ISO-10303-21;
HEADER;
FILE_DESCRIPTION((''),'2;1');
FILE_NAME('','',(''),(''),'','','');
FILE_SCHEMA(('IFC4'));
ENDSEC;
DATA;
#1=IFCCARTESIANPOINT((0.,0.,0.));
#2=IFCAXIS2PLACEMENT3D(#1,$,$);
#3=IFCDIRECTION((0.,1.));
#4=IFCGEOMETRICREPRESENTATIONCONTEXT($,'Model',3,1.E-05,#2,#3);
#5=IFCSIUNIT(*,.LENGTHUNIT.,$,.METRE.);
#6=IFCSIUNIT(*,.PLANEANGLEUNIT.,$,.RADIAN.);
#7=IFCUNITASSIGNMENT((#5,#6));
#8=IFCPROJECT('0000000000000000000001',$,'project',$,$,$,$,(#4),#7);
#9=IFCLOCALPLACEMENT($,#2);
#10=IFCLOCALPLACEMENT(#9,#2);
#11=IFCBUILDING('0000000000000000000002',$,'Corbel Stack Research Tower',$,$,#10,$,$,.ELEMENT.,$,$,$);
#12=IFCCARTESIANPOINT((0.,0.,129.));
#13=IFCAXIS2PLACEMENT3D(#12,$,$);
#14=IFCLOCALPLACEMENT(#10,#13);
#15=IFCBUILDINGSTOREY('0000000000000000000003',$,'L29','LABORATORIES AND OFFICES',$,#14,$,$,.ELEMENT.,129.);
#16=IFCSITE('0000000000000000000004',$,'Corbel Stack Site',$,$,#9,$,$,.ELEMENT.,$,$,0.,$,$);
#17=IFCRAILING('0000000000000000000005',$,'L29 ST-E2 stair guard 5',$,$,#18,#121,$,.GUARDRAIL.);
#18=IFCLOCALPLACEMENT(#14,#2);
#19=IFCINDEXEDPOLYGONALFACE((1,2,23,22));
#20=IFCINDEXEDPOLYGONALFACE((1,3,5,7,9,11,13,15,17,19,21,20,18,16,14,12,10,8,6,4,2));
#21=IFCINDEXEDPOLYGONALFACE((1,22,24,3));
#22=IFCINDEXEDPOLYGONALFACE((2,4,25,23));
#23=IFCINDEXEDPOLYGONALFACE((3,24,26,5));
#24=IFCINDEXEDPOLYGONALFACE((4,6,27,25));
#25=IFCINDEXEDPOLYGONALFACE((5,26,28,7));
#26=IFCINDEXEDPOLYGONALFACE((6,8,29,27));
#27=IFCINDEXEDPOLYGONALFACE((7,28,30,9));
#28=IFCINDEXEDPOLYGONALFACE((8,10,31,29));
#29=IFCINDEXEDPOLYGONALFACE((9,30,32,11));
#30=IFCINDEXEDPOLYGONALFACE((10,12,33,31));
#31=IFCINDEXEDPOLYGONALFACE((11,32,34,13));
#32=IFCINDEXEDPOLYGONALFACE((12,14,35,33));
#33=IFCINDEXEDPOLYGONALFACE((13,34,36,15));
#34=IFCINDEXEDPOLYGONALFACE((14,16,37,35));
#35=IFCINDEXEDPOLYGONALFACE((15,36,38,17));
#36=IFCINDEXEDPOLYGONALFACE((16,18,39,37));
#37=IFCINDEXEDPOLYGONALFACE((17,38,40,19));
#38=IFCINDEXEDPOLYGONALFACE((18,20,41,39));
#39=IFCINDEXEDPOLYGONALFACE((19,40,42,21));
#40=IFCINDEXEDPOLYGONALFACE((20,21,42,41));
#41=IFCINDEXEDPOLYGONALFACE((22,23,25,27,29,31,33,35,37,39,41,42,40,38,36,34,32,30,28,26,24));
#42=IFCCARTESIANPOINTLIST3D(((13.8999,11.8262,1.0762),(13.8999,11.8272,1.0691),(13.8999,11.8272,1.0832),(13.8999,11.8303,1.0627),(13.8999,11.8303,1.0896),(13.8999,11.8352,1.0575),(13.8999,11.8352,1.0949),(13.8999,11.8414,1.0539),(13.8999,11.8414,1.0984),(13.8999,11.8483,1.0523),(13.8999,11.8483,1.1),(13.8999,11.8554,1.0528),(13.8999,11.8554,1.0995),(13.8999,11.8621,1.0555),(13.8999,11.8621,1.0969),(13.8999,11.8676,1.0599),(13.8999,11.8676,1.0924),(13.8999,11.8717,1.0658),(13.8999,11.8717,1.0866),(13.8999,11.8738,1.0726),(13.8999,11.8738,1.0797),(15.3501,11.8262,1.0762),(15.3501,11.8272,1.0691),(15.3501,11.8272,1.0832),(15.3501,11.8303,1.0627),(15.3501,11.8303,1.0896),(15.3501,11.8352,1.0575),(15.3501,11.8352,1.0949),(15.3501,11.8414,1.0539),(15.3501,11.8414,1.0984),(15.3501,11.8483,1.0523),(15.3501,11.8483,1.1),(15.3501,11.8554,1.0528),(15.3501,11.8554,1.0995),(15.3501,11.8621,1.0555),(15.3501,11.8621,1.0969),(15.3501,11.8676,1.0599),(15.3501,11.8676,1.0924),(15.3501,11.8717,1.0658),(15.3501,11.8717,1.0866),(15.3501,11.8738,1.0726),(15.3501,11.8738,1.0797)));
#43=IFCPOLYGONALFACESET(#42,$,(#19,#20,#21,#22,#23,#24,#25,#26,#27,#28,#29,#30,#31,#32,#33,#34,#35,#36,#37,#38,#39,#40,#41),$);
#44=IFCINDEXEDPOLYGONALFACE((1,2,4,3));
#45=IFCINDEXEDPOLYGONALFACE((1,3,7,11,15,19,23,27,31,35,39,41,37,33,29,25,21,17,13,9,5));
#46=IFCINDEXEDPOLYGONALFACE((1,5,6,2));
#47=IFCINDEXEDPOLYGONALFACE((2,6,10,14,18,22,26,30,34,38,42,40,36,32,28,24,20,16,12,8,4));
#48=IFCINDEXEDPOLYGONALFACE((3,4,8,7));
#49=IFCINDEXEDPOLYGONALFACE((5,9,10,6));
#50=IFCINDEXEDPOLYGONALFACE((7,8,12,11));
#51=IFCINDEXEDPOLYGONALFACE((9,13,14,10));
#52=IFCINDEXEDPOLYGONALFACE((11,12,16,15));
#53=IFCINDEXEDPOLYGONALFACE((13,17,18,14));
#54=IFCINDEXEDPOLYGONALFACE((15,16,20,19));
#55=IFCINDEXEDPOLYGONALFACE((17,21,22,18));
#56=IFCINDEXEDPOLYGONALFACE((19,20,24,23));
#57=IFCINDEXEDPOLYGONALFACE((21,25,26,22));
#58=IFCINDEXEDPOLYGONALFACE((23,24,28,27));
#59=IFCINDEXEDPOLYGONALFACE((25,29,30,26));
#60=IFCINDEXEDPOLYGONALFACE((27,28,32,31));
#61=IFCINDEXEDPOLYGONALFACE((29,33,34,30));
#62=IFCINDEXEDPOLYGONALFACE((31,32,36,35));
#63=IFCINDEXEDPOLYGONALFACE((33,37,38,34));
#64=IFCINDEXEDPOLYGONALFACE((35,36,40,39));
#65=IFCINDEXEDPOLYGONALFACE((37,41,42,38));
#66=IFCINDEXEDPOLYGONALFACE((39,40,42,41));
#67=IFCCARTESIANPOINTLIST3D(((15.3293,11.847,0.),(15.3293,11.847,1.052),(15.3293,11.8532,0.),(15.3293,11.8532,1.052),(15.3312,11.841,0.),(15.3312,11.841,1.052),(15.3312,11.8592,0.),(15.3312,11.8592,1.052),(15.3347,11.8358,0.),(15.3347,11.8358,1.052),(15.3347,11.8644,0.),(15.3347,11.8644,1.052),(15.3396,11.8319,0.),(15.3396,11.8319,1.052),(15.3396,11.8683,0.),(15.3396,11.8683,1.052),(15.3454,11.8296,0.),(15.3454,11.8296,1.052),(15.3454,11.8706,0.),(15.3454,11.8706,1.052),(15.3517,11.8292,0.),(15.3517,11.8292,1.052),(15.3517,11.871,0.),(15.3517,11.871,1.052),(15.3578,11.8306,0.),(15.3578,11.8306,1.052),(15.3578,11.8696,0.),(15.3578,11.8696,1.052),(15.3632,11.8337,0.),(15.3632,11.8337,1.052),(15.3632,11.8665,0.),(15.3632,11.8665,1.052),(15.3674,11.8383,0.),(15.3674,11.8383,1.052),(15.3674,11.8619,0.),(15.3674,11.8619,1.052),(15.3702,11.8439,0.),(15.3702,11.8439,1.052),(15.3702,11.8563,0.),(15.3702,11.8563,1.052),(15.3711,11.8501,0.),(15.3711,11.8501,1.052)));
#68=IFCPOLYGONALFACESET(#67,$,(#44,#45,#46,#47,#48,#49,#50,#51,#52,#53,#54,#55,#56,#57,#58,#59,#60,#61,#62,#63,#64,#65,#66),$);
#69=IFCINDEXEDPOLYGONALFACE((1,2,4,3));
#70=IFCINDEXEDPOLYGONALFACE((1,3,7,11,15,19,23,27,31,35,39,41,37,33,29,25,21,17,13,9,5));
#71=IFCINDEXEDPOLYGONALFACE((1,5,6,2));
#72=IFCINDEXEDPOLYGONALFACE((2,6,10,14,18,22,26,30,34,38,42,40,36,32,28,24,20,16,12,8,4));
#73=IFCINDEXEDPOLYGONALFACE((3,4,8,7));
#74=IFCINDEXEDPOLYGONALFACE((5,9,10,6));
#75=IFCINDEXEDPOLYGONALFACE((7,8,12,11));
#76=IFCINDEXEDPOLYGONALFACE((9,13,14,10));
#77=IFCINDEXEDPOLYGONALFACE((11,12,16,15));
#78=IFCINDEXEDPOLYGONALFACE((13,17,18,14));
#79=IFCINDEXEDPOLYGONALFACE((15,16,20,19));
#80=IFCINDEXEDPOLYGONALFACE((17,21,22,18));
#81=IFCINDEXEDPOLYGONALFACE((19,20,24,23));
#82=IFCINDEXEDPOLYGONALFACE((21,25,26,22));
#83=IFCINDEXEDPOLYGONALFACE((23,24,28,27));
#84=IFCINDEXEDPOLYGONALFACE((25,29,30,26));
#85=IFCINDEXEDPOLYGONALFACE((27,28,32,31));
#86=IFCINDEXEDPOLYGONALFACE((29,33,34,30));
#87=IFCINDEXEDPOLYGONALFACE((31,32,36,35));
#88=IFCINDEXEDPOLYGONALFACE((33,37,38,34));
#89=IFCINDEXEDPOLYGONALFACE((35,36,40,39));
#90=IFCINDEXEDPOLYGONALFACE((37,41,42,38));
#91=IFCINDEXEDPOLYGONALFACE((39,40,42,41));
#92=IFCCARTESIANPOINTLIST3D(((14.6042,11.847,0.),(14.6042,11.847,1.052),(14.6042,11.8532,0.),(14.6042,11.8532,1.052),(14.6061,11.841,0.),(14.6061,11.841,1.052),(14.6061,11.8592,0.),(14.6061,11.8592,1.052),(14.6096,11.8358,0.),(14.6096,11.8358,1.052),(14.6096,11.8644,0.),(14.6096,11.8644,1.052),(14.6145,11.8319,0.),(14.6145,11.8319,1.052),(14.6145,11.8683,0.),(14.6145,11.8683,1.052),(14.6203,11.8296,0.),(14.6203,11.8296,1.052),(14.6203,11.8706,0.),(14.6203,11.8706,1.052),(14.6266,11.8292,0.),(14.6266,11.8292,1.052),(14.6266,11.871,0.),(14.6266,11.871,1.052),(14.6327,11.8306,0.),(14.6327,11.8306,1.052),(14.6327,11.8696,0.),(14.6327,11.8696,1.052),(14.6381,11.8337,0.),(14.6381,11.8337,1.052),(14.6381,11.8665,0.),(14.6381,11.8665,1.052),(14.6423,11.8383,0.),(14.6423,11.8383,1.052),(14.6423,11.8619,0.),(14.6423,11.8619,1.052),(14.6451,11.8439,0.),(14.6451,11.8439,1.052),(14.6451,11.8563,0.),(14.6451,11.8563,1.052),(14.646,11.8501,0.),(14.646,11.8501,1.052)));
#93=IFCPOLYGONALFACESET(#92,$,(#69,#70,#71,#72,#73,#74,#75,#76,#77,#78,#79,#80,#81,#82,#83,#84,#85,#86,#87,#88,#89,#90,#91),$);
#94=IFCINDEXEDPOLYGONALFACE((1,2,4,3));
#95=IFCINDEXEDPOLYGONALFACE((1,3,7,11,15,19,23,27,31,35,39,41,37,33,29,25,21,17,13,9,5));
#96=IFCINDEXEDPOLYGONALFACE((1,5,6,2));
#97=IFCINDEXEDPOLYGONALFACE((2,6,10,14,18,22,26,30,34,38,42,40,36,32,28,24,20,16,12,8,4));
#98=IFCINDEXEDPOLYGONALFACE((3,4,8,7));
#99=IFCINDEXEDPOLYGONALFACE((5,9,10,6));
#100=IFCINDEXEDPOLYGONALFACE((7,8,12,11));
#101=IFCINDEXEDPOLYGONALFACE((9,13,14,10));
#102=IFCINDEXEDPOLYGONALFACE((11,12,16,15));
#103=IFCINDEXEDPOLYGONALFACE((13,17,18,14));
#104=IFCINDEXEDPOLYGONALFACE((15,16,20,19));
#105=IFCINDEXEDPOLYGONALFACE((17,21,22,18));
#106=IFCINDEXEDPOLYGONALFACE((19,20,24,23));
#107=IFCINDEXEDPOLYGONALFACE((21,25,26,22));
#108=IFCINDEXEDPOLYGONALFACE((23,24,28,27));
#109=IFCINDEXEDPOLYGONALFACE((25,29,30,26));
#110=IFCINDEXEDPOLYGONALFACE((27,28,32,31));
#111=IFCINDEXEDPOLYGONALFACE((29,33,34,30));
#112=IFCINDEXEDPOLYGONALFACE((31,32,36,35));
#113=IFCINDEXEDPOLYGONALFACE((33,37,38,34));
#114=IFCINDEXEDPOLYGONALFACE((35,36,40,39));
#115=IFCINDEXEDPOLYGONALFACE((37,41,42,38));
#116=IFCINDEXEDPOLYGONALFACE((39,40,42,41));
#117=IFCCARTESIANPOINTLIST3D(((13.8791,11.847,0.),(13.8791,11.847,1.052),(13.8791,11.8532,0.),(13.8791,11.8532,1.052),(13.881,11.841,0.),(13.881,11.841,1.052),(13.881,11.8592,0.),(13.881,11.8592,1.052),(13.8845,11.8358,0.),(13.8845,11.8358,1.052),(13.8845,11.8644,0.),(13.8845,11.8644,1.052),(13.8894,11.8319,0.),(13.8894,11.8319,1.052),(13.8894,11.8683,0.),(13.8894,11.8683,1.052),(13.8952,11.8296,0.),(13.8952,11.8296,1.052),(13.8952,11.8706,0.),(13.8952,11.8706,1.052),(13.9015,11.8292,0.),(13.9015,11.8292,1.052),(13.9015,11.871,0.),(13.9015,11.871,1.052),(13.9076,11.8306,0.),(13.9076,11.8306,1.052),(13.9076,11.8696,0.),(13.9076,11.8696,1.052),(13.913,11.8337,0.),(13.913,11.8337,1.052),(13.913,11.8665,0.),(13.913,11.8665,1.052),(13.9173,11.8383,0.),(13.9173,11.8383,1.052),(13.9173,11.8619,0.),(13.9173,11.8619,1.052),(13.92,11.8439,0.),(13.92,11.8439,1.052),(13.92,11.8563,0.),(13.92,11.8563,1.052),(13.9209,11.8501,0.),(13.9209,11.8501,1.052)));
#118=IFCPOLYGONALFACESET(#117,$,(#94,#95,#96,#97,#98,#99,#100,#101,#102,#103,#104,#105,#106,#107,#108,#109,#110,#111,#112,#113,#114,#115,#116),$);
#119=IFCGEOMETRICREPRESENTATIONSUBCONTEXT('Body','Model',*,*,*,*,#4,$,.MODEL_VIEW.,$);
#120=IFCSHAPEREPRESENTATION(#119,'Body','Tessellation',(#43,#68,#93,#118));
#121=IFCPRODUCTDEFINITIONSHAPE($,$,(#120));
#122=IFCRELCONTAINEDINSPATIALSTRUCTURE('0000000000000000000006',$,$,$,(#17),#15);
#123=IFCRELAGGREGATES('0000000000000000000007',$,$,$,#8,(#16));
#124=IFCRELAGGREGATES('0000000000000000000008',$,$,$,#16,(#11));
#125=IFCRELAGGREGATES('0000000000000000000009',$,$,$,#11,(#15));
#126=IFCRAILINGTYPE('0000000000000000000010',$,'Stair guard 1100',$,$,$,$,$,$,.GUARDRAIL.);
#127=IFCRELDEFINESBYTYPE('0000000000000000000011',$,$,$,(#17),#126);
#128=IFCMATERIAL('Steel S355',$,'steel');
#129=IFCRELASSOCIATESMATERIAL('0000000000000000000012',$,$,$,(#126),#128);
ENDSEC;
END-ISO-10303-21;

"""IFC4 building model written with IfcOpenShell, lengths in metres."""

from ifc_helpers import new_model, si_unit, direction, frame, origin, origin_2d, place, context, subcontext, project, spatial, circle, extrude, material, type_object, element, save


model = new_model("IFC4")

# Units and contexts
model_context = context("Model", 3, precision=1e-05, world=origin(), true_north=direction((0.0, 1.0)))
body_context = subcontext(model_context, "Body", "Model", "MODEL_VIEW")
ifc_project = project(units=[si_unit("LENGTHUNIT", "METRE"), si_unit("PLANEANGLEUNIT", "RADIAN")], contexts=[model_context])

# Site, building, storey
site_placement = place(None, origin())
site = spatial("IfcSite", under=ifc_project, at=site_placement, Name="Corbel Stack Site", CompositionType="ELEMENT", RefElevation=0.0)
building_placement = place(site_placement, origin())
building = spatial("IfcBuilding", under=site, at=building_placement, Name="Corbel Stack Research Tower", CompositionType="ELEMENT")
storey_placement = place(building_placement, frame((0.0, 0.0, 129.0)))
storey = spatial("IfcBuildingStorey", under=building, at=storey_placement, Name="L29", Description="LABORATORIES AND OFFICES", CompositionType="ELEMENT", Elevation=129.0)

# Railing
ifc_material_1 = material(Name="Steel S355", Category="steel")
railing_type_1 = type_object("IfcRailingType", Name="Stair guard 1100", PredefinedType="GUARDRAIL", material=ifc_material_1)
railing_1_placement = place(storey_placement, frame((15.3501, 11.8501, 0.0)))
element("IfcRailing", 1, at=railing_1_placement, inside=storey, type_object=railing_type_1, Name="L29 ST-E2 stair guard 5", PredefinedType="GUARDRAIL", context=body_context, shape_type="SweptSolid", body=[
    extrude(circle(Radius=0.0239, at=origin_2d()), frame((0.0, 0.0, 1.0762), z_axis=(-1.0, 0.0, 0.0), x_axis=(0.0, -1.0, 0.0)), (0.0, 0.0, 1.0), 1.4502),
    extrude(circle(Radius=0.021, at=origin_2d()), origin(), (0.0, 0.0, 1.0), 1.052),
    extrude(circle(Radius=0.021, at=origin_2d()), frame((-0.7251, 0.0, 0.0)), (0.0, 0.0, 1.0), 1.052),
    extrude(circle(Radius=0.021, at=origin_2d()), frame((-1.4502, 0.0, 0.0)), (0.0, 0.0, 1.0), 1.052),
])

save(model, "model.ifc")
